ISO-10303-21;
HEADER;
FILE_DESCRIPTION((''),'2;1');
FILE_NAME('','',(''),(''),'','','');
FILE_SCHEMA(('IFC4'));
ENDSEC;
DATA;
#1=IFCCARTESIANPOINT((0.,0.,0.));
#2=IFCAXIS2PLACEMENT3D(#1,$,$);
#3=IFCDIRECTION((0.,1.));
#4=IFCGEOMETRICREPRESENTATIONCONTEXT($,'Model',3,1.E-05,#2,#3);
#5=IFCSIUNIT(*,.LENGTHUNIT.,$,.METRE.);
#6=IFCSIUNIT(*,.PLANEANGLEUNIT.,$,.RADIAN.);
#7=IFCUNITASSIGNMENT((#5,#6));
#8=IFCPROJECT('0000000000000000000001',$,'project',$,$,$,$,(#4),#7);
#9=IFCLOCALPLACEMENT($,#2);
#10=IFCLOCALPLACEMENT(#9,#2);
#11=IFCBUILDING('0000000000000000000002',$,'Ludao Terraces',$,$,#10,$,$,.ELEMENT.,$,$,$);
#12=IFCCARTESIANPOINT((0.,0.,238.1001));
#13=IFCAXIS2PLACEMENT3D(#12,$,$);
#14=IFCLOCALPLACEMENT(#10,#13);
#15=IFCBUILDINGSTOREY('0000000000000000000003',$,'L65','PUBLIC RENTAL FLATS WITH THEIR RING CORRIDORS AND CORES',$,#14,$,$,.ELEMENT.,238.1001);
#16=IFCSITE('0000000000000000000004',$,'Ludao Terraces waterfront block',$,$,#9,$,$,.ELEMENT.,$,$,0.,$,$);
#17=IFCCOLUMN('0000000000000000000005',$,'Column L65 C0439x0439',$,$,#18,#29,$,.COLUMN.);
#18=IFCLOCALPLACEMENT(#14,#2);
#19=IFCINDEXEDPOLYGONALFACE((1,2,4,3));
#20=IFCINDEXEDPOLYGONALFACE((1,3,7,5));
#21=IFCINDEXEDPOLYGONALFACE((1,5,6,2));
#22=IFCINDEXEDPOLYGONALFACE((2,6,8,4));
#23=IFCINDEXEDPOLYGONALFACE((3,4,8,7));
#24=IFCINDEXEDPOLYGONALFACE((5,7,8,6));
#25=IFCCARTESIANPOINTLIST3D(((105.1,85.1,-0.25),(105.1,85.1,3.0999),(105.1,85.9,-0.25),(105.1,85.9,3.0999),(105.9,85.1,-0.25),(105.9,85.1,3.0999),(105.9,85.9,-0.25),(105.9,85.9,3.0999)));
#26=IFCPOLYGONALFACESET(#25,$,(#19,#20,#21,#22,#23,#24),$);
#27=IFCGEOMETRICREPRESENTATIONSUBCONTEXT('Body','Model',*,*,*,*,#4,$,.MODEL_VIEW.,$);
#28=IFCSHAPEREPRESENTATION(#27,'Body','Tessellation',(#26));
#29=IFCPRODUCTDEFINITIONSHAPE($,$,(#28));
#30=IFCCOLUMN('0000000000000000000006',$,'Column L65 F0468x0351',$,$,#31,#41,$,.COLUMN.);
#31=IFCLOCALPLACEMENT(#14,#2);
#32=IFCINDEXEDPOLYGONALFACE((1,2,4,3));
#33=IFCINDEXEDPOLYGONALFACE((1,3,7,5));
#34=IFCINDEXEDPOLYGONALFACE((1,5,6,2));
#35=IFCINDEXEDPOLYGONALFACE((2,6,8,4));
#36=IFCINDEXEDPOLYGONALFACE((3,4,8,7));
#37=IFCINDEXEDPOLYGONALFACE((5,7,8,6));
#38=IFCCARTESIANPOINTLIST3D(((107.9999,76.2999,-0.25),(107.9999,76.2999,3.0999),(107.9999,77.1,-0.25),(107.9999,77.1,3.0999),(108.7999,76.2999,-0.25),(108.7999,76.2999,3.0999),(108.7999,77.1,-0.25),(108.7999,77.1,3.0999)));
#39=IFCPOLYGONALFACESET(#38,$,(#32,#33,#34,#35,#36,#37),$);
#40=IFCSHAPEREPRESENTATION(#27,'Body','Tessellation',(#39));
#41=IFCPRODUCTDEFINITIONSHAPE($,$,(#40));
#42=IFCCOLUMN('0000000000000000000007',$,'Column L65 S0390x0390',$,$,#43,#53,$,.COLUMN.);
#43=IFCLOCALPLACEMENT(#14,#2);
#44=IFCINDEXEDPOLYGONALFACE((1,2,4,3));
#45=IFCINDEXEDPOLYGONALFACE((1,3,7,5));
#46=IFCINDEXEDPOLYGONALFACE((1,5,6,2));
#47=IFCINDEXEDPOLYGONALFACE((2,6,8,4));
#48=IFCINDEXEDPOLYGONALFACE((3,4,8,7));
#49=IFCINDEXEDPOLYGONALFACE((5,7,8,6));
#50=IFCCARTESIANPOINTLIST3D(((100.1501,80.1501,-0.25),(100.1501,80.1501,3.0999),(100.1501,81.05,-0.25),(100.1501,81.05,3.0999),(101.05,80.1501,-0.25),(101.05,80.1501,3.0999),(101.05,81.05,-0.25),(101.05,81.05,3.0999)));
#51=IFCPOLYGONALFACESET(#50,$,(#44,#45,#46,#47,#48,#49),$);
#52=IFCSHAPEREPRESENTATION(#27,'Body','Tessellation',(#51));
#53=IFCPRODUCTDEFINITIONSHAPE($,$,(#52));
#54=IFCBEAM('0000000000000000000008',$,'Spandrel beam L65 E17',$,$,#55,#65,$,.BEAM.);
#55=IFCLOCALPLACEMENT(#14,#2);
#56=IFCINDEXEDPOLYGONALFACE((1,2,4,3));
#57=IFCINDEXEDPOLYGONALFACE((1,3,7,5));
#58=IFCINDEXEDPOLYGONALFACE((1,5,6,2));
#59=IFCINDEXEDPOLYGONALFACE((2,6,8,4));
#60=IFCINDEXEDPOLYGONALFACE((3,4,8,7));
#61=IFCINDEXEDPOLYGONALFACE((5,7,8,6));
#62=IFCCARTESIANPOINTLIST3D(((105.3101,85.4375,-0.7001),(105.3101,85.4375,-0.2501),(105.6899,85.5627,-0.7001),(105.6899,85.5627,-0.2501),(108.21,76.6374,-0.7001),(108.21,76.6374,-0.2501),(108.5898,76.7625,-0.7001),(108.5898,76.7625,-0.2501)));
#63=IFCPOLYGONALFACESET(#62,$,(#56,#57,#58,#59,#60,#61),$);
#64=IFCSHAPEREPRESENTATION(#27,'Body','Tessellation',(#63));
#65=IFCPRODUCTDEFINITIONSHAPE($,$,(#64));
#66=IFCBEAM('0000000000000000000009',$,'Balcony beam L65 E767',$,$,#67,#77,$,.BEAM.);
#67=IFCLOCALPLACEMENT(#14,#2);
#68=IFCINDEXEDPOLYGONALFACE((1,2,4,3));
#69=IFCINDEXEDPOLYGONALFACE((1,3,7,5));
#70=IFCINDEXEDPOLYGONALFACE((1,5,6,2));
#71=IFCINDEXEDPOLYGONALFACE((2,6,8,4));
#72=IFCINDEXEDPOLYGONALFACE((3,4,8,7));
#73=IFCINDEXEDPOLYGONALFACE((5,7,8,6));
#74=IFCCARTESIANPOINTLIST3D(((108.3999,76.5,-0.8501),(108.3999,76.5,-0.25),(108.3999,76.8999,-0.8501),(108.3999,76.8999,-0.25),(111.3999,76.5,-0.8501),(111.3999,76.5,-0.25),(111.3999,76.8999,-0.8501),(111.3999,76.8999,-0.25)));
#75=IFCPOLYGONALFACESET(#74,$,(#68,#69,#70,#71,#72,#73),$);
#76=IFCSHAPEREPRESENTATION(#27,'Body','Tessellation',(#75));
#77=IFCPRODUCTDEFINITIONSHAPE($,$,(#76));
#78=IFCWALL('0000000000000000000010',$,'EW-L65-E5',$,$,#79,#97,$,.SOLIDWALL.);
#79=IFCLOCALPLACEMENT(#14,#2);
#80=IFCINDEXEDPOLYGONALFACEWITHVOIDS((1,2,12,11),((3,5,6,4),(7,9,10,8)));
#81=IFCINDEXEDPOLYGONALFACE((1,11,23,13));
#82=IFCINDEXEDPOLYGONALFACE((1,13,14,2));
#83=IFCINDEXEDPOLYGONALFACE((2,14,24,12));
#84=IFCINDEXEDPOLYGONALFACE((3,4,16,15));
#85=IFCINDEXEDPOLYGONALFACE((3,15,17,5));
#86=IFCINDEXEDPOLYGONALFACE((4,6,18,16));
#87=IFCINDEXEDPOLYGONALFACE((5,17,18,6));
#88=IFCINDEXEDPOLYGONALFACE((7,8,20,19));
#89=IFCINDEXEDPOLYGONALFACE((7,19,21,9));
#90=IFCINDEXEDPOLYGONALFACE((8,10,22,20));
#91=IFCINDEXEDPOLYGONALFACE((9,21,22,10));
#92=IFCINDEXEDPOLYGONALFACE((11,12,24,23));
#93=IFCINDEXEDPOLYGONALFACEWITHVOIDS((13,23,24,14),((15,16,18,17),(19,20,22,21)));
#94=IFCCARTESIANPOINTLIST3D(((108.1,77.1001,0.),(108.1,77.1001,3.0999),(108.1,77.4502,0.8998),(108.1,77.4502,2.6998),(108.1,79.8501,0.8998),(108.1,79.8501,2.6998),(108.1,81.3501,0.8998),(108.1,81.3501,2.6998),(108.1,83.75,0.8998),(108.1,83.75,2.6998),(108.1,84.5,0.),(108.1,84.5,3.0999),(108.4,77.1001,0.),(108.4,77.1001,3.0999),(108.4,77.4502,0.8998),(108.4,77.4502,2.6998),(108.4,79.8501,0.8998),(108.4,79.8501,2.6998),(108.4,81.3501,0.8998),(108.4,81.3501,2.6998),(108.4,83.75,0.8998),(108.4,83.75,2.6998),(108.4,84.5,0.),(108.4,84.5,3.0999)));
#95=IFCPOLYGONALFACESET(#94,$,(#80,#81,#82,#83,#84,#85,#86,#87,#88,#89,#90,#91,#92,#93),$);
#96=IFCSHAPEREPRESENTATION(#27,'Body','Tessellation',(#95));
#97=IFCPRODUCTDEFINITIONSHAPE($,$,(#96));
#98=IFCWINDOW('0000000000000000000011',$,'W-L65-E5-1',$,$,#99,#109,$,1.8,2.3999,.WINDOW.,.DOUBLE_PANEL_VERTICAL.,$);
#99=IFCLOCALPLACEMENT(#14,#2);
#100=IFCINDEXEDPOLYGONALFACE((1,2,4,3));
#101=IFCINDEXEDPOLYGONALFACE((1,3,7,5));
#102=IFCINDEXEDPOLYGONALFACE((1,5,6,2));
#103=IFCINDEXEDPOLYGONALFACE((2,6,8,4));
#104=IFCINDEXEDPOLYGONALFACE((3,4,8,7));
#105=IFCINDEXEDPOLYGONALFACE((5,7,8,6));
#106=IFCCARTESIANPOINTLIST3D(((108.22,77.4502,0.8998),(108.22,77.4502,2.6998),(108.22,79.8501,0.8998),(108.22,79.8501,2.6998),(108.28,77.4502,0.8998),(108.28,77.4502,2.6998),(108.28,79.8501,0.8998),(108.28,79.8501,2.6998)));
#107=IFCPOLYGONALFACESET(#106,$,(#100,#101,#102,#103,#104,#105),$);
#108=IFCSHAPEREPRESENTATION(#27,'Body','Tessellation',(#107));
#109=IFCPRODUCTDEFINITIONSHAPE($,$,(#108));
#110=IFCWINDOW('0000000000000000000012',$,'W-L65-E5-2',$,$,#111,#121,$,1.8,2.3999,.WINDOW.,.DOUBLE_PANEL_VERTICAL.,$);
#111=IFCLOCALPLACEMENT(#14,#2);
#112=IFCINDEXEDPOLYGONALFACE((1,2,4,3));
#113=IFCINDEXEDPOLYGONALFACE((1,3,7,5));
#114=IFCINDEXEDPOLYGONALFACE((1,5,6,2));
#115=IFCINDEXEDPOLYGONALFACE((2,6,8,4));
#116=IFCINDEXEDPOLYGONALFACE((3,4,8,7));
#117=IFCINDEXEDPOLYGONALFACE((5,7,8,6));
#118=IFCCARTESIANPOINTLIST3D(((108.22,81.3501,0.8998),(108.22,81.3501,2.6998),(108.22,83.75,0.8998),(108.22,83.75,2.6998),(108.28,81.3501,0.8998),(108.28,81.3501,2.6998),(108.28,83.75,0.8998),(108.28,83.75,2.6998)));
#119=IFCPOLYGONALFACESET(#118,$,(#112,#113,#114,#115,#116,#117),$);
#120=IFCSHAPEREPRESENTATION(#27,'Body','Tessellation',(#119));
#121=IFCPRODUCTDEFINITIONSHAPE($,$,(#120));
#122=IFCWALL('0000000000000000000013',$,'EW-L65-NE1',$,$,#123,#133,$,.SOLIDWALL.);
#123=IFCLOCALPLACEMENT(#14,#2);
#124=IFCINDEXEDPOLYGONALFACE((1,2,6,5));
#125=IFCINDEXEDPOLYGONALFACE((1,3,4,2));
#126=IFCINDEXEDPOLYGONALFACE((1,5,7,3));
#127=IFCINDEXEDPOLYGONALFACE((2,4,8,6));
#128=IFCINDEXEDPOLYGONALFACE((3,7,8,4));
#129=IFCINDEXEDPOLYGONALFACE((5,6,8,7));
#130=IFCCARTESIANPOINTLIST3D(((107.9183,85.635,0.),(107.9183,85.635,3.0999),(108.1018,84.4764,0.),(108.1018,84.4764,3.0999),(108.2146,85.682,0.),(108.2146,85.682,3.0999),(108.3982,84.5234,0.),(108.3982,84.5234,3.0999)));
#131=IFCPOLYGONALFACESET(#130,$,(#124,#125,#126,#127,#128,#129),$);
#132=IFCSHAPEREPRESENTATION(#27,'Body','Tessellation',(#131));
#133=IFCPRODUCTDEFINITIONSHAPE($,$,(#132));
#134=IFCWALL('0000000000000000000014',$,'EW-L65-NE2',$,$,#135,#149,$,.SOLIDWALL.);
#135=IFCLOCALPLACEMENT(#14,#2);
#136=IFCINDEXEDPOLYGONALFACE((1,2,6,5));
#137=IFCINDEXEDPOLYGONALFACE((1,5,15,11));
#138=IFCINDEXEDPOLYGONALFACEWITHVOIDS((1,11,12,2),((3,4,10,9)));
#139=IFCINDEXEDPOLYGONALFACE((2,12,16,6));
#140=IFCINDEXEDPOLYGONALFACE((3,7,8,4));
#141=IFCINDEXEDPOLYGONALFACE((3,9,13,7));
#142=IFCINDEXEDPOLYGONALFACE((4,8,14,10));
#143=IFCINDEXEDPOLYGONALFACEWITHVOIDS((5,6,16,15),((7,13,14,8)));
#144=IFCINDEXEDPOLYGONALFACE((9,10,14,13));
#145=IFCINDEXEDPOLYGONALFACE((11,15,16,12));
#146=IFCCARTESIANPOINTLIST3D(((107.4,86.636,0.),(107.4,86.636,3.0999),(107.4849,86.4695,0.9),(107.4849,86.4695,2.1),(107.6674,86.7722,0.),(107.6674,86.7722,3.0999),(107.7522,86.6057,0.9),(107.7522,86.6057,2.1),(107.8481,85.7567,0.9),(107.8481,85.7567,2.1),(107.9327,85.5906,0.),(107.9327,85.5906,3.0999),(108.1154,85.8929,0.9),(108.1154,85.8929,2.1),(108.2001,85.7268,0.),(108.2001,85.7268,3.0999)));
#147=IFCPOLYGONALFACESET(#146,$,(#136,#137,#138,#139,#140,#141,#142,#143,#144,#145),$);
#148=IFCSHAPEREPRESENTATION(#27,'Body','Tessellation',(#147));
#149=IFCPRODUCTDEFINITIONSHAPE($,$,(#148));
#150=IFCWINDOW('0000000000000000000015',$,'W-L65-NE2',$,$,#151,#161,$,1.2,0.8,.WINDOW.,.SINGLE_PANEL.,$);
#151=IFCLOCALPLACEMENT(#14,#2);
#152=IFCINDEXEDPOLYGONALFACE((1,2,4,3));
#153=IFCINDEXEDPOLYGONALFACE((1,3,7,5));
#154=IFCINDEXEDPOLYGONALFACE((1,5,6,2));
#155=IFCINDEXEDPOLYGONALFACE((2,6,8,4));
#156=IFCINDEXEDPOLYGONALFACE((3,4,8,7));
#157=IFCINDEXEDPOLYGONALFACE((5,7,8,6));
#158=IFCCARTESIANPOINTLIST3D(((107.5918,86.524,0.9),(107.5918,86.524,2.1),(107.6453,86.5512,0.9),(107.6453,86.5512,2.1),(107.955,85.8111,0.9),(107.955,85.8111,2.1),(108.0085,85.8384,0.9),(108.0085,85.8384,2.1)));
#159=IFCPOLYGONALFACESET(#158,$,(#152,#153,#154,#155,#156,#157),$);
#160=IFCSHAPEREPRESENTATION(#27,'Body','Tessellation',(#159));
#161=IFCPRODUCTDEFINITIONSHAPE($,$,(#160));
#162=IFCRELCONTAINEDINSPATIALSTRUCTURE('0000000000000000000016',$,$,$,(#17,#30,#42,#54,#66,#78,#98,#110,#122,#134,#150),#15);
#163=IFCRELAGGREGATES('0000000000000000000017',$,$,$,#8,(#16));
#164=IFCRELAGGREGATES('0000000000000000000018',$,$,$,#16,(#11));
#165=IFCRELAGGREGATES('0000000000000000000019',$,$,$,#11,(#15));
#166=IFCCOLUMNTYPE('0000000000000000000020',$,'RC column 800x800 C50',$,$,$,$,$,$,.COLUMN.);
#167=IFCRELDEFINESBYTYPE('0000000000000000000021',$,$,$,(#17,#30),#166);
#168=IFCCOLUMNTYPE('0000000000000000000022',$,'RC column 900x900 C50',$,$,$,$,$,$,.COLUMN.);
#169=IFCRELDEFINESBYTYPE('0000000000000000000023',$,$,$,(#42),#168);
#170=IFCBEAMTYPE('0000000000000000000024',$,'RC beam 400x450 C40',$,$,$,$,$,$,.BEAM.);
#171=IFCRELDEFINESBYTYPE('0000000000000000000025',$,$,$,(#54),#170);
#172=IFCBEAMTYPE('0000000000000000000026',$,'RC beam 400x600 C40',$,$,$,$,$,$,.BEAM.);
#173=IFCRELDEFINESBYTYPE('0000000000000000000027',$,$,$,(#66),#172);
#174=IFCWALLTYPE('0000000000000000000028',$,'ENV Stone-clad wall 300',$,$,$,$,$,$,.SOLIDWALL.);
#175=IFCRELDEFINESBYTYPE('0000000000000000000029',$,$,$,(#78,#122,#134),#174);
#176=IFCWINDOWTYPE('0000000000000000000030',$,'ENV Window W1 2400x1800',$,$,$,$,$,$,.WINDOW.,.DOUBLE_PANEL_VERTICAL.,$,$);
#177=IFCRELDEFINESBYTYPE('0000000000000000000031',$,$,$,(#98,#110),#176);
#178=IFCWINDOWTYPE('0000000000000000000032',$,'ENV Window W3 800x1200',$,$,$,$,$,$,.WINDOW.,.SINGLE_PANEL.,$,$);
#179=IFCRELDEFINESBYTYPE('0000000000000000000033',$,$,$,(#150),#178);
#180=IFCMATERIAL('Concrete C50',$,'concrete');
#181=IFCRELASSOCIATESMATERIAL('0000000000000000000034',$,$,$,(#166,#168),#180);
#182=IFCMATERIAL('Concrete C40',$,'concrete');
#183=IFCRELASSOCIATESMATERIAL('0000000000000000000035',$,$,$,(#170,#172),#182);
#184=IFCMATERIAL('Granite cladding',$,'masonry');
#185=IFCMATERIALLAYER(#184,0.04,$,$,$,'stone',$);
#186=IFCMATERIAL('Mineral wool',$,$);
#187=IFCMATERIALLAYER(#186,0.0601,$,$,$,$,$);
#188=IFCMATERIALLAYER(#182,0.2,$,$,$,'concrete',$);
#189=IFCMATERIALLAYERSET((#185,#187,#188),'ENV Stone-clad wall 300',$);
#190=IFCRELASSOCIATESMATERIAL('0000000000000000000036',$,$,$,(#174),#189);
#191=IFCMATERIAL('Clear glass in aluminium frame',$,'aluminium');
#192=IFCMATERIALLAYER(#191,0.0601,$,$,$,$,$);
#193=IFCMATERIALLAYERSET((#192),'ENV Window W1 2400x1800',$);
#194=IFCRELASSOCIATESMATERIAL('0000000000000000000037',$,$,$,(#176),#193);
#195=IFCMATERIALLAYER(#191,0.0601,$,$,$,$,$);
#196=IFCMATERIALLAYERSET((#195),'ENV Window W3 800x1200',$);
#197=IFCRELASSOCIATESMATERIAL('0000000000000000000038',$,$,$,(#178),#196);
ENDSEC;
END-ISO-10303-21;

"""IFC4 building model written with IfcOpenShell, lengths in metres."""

from ifc_helpers import new_model, si_unit, direction, frame, frame_2d, origin, origin_2d, place, context, subcontext, project, spatial, rectangle, extrude, material, layer, layer_set, material_profile, profile_set, type_object, element, fill, save


model = new_model("IFC4")

# Units and contexts
model_context = context("Model", 3, precision=1e-05, world=origin(), true_north=direction((0.0, 1.0)))
body_context = subcontext(model_context, "Body", "Model", "MODEL_VIEW")
ifc_project = project(units=[si_unit("LENGTHUNIT", "METRE"), si_unit("PLANEANGLEUNIT", "RADIAN")], contexts=[model_context])

# Site, building, storey
site_placement = place(None, origin())
site = spatial("IfcSite", under=ifc_project, at=site_placement, Name="Ludao Terraces waterfront block", CompositionType="ELEMENT", RefElevation=0.0)
building_placement = place(site_placement, origin())
building = spatial("IfcBuilding", under=site, at=building_placement, Name="Ludao Terraces", CompositionType="ELEMENT")
storey_placement = place(building_placement, frame((0.0, 0.0, 238.1001)))
storey = spatial("IfcBuildingStorey", under=building, at=storey_placement, Name="L65", Description="PUBLIC RENTAL FLATS WITH THEIR RING CORRIDORS AND CORES", CompositionType="ELEMENT", Elevation=238.1001)

# Columns
ifc_material_1 = material(Name="Concrete C50", Category="concrete")
ifc_material_profile_1 = material_profile(ifc_material_1, rectangle(XDim=0.8, YDim=0.8, at=origin_2d()), Name="800 X 800")
ifc_profile_set_1 = profile_set([ifc_material_profile_1], Name="Concrete C50")
column_type_1 = type_object("IfcColumnType", Name="RC column 800x800 C50", PredefinedType="COLUMN", material=ifc_profile_set_1)
for number, where, z_axis, x_axis, name in (
    (1, (105.5, 85.5, -0.25), (0.0, 0.0, 1.0), (1.0, 0.0, 0.0), "Column L65 C0439x0439"),
    (2, (108.3999, 76.7, -0.25), (0.0, 0.0, 1.0), (1.0, 0.0, 0.0), "Column L65 F0468x0351"),
):
    element("IfcColumn", number, at=place(storey_placement, frame(where, z_axis=z_axis, x_axis=x_axis)), inside=storey, type_object=column_type_1, Name=name, PredefinedType="COLUMN", context=body_context, shape_type="SweptSolid", body=[
        extrude(rectangle(XDim=0.8, YDim=0.8, at=origin_2d()), origin(), (0.0, 0.0, 1.0), 3.3499),
    ])
ifc_material_profile_2 = material_profile(ifc_material_1, rectangle(XDim=0.8999, YDim=0.8999, at=origin_2d()), Name="900 X 900")
ifc_profile_set_2 = profile_set([ifc_material_profile_2], Name="Concrete C50")
column_type_2 = type_object("IfcColumnType", Name="RC column 900x900 C50", PredefinedType="COLUMN", material=ifc_profile_set_2)
column_placement = place(storey_placement, frame((100.6001, 80.6001, -0.25), z_axis=(0.0, 0.0, 1.0), x_axis=(1.0, 0.0, 0.0)))
element("IfcColumn", 3, at=column_placement, inside=storey, type_object=column_type_2, Name="Column L65 S0390x0390", PredefinedType="COLUMN", context=body_context, shape_type="SweptSolid", body=[
    extrude(rectangle(XDim=0.8999, YDim=0.8999, at=origin_2d()), origin(), (0.0, 0.0, 1.0), 3.3499),
])

# Beams
ifc_material_2 = material(Name="Concrete C40", Category="concrete")
ifc_material_profile_3 = material_profile(ifc_material_2, rectangle(XDim=0.3999, YDim=0.45, at=origin_2d()), Name="400 X 450")
ifc_profile_set_3 = profile_set([ifc_material_profile_3], Name="Concrete C40")
beam_type_1 = type_object("IfcBeamType", Name="RC beam 400x450 C40", PredefinedType="BEAM", material=ifc_profile_set_3)
beam_1_placement = place(storey_placement, frame((108.3999, 76.7, -0.4751), z_axis=(-0.312977, 0.949761, 0.0), x_axis=(-0.949761, -0.312977, 0.0)))
element("IfcBeam", 4, at=beam_1_placement, inside=storey, type_object=beam_type_1, Name="Spandrel beam L65 E17", PredefinedType="BEAM", context=body_context, shape_type="SweptSolid", body=[
    extrude(rectangle(XDim=0.3999, YDim=0.45, at=origin_2d()), origin(), (0.0, 0.0, 1.0), 9.2656),
])
ifc_material_profile_4 = material_profile(ifc_material_2, rectangle(XDim=0.3999, YDim=0.6001, at=origin_2d()), Name="400 X 600")
ifc_profile_set_4 = profile_set([ifc_material_profile_4], Name="Concrete C40")
beam_type_2 = type_object("IfcBeamType", Name="RC beam 400x600 C40", PredefinedType="BEAM", material=ifc_profile_set_4)
beam_2_placement = place(storey_placement, frame((108.3999, 76.7, -0.55), z_axis=(1.0, 0.0, 0.0), x_axis=(0.0, 1.0, 0.0)))
element("IfcBeam", 5, at=beam_2_placement, inside=storey, type_object=beam_type_2, Name="Balcony beam L65 E767", PredefinedType="BEAM", context=body_context, shape_type="SweptSolid", body=[
    extrude(rectangle(XDim=0.3999, YDim=0.6001, at=origin_2d()), origin(), (0.0, 0.0, 1.0), 3.0),
])

# Wall, openings, windows
ifc_material_3 = material(Name="Granite cladding", Category="masonry")
ifc_layer_1 = layer(ifc_material_3, 0.04, Category="stone")
ifc_material_4 = material(Name="Mineral wool")
ifc_layer_2 = layer(ifc_material_4, 0.0601)
ifc_layer_3 = layer(ifc_material_2, 0.2, Category="concrete")
ifc_layer_set_1 = layer_set([ifc_layer_1, ifc_layer_2, ifc_layer_3], Name="ENV Stone-clad wall 300")
wall_type = type_object("IfcWallType", Name="ENV Stone-clad wall 300", PredefinedType="SOLIDWALL", material=ifc_layer_set_1)
wall_1_placement = place(storey_placement, frame((108.25, 77.1001, 0.0), z_axis=(0.0, 0.0, 1.0), x_axis=(0.0, 1.0, 0.0)))
wall_1 = element("IfcWall", 6, at=wall_1_placement, inside=storey, type_object=wall_type, Name="EW-L65-E5", PredefinedType="SOLIDWALL", context=body_context, shape_type="SweptSolid", body=[
    extrude(rectangle(XDim=7.3999, YDim=0.3, at=frame_2d((3.7, 0.0))), origin(), (0.0, 0.0, 1.0), 3.0999),
])
opening_1_placement = place(wall_1_placement, frame((0.3501, 0.0, 0.8999)))
opening_1 = element("IfcOpeningElement", 7, at=opening_1_placement, cuts=wall_1, PredefinedType="OPENING", context=body_context, shape_type="SweptSolid", body=[
    extrude(rectangle(XDim=2.3999, YDim=1.8, at=frame_2d((1.2, 0.8999))), frame((0.0, 0.1602, 0.0), z_axis=(0.0, -1.0, 0.0), x_axis=(1.0, 0.0, 0.0)), (0.0, 0.0, 1.0), 0.3201),
])
opening_2_placement = place(wall_1_placement, frame((4.25, 0.0, 0.8999)))
opening_2 = element("IfcOpeningElement", 8, at=opening_2_placement, cuts=wall_1, PredefinedType="OPENING", context=body_context, shape_type="SweptSolid", body=[
    extrude(rectangle(XDim=2.3999, YDim=1.8, at=frame_2d((1.2, 0.8999))), frame((0.0, 0.1602, 0.0), z_axis=(0.0, -1.0, 0.0), x_axis=(1.0, 0.0, 0.0)), (0.0, 0.0, 1.0), 0.3201),
])
ifc_material_5 = material(Name="Clear glass in aluminium frame", Category="aluminium")
ifc_layer_4 = layer(ifc_material_5, 0.0601)
ifc_layer_set_2 = layer_set([ifc_layer_4], Name="ENV Window W1 2400x1800")
window_type_1 = type_object("IfcWindowType", Name="ENV Window W1 2400x1800", PartitioningType="DOUBLE_PANEL_VERTICAL", PredefinedType="WINDOW", material=ifc_layer_set_2)
window_1_placement = place(opening_1_placement, origin())
window_1 = element("IfcWindow", 9, at=window_1_placement, inside=storey, type_object=window_type_1, Name="W-L65-E5-1", OverallHeight=1.8, OverallWidth=2.3999, PartitioningType="DOUBLE_PANEL_VERTICAL", PredefinedType="WINDOW", context=body_context, shape_type="SweptSolid", body=[
    extrude(rectangle(XDim=2.3999, YDim=1.8, at=frame_2d((1.2, 0.8999))), frame((0.0, 0.03, 0.0), z_axis=(0.0, -1.0, 0.0), x_axis=(1.0, 0.0, 0.0)), (0.0, 0.0, 1.0), 0.0601),
])
fill(opening_1, window_1)
window_2_placement = place(opening_2_placement, origin())
window_2 = element("IfcWindow", 10, at=window_2_placement, inside=storey, type_object=window_type_1, Name="W-L65-E5-2", OverallHeight=1.8, OverallWidth=2.3999, PartitioningType="DOUBLE_PANEL_VERTICAL", PredefinedType="WINDOW", context=body_context, shape_type="SweptSolid", body=[
    extrude(rectangle(XDim=2.3999, YDim=1.8, at=frame_2d((1.2, 0.8999))), frame((0.0, 0.03, 0.0), z_axis=(0.0, -1.0, 0.0), x_axis=(1.0, 0.0, 0.0)), (0.0, 0.0, 1.0), 0.0601),
])
fill(opening_2, window_2)

# Wall
wall_2_placement = place(storey_placement, frame((108.25, 84.5, 0.0), z_axis=(0.0, 0.0, 1.0), x_axis=(-0.156497, 0.987678, 0.0)))
element("IfcWall", 11, at=wall_2_placement, inside=storey, type_object=wall_type, Name="EW-L65-NE1", PredefinedType="SOLIDWALL", context=body_context, shape_type="SweptSolid", body=[
    extrude(rectangle(XDim=1.1731, YDim=0.3, at=frame_2d((0.5864, 0.0))), origin(), (0.0, 0.0, 1.0), 3.0999),
])

# Wall, opening, window
wall_3_placement = place(storey_placement, frame((108.0664, 85.6587, 0.0), z_axis=(0.0, 0.0, 1.0), x_axis=(-0.454026, 0.890989, 0.0)))
wall_3 = element("IfcWall", 12, at=wall_3_placement, inside=storey, type_object=wall_type, Name="EW-L65-NE2", PredefinedType="SOLIDWALL", context=body_context, shape_type="SweptSolid", body=[
    extrude(rectangle(XDim=1.1733, YDim=0.3, at=frame_2d((0.5867, 0.0))), origin(), (0.0, 0.0, 1.0), 3.0999),
])
opening_3_placement = place(wall_3_placement, frame((0.1865, 0.0, 0.8999)))
opening_3 = element("IfcOpeningElement", 13, at=opening_3_placement, cuts=wall_3, PredefinedType="OPENING", context=body_context, shape_type="SweptSolid", body=[
    extrude(rectangle(XDim=0.8, YDim=1.2, at=frame_2d((0.3999, 0.6001))), frame((0.0, 0.1602, 0.0), z_axis=(0.0, -1.0, 0.0), x_axis=(1.0, 0.0, 0.0)), (0.0, 0.0, 1.0), 0.3201),
])
ifc_layer_5 = layer(ifc_material_5, 0.0601)
ifc_layer_set_3 = layer_set([ifc_layer_5], Name="ENV Window W3 800x1200")
window_type_2 = type_object("IfcWindowType", Name="ENV Window W3 800x1200", PartitioningType="SINGLE_PANEL", PredefinedType="WINDOW", material=ifc_layer_set_3)
window_3_placement = place(opening_3_placement, origin())
window_3 = element("IfcWindow", 14, at=window_3_placement, inside=storey, type_object=window_type_2, Name="W-L65-NE2", OverallHeight=1.2, OverallWidth=0.8, PartitioningType="SINGLE_PANEL", PredefinedType="WINDOW", context=body_context, shape_type="SweptSolid", body=[
    extrude(rectangle(XDim=0.8, YDim=1.2, at=frame_2d((0.3999, 0.6001))), frame((0.0, 0.03, 0.0), z_axis=(0.0, -1.0, 0.0), x_axis=(1.0, 0.0, 0.0)), (0.0, 0.0, 1.0), 0.0601),
])
fill(opening_3, window_3)

save(model, "model.ifc")
